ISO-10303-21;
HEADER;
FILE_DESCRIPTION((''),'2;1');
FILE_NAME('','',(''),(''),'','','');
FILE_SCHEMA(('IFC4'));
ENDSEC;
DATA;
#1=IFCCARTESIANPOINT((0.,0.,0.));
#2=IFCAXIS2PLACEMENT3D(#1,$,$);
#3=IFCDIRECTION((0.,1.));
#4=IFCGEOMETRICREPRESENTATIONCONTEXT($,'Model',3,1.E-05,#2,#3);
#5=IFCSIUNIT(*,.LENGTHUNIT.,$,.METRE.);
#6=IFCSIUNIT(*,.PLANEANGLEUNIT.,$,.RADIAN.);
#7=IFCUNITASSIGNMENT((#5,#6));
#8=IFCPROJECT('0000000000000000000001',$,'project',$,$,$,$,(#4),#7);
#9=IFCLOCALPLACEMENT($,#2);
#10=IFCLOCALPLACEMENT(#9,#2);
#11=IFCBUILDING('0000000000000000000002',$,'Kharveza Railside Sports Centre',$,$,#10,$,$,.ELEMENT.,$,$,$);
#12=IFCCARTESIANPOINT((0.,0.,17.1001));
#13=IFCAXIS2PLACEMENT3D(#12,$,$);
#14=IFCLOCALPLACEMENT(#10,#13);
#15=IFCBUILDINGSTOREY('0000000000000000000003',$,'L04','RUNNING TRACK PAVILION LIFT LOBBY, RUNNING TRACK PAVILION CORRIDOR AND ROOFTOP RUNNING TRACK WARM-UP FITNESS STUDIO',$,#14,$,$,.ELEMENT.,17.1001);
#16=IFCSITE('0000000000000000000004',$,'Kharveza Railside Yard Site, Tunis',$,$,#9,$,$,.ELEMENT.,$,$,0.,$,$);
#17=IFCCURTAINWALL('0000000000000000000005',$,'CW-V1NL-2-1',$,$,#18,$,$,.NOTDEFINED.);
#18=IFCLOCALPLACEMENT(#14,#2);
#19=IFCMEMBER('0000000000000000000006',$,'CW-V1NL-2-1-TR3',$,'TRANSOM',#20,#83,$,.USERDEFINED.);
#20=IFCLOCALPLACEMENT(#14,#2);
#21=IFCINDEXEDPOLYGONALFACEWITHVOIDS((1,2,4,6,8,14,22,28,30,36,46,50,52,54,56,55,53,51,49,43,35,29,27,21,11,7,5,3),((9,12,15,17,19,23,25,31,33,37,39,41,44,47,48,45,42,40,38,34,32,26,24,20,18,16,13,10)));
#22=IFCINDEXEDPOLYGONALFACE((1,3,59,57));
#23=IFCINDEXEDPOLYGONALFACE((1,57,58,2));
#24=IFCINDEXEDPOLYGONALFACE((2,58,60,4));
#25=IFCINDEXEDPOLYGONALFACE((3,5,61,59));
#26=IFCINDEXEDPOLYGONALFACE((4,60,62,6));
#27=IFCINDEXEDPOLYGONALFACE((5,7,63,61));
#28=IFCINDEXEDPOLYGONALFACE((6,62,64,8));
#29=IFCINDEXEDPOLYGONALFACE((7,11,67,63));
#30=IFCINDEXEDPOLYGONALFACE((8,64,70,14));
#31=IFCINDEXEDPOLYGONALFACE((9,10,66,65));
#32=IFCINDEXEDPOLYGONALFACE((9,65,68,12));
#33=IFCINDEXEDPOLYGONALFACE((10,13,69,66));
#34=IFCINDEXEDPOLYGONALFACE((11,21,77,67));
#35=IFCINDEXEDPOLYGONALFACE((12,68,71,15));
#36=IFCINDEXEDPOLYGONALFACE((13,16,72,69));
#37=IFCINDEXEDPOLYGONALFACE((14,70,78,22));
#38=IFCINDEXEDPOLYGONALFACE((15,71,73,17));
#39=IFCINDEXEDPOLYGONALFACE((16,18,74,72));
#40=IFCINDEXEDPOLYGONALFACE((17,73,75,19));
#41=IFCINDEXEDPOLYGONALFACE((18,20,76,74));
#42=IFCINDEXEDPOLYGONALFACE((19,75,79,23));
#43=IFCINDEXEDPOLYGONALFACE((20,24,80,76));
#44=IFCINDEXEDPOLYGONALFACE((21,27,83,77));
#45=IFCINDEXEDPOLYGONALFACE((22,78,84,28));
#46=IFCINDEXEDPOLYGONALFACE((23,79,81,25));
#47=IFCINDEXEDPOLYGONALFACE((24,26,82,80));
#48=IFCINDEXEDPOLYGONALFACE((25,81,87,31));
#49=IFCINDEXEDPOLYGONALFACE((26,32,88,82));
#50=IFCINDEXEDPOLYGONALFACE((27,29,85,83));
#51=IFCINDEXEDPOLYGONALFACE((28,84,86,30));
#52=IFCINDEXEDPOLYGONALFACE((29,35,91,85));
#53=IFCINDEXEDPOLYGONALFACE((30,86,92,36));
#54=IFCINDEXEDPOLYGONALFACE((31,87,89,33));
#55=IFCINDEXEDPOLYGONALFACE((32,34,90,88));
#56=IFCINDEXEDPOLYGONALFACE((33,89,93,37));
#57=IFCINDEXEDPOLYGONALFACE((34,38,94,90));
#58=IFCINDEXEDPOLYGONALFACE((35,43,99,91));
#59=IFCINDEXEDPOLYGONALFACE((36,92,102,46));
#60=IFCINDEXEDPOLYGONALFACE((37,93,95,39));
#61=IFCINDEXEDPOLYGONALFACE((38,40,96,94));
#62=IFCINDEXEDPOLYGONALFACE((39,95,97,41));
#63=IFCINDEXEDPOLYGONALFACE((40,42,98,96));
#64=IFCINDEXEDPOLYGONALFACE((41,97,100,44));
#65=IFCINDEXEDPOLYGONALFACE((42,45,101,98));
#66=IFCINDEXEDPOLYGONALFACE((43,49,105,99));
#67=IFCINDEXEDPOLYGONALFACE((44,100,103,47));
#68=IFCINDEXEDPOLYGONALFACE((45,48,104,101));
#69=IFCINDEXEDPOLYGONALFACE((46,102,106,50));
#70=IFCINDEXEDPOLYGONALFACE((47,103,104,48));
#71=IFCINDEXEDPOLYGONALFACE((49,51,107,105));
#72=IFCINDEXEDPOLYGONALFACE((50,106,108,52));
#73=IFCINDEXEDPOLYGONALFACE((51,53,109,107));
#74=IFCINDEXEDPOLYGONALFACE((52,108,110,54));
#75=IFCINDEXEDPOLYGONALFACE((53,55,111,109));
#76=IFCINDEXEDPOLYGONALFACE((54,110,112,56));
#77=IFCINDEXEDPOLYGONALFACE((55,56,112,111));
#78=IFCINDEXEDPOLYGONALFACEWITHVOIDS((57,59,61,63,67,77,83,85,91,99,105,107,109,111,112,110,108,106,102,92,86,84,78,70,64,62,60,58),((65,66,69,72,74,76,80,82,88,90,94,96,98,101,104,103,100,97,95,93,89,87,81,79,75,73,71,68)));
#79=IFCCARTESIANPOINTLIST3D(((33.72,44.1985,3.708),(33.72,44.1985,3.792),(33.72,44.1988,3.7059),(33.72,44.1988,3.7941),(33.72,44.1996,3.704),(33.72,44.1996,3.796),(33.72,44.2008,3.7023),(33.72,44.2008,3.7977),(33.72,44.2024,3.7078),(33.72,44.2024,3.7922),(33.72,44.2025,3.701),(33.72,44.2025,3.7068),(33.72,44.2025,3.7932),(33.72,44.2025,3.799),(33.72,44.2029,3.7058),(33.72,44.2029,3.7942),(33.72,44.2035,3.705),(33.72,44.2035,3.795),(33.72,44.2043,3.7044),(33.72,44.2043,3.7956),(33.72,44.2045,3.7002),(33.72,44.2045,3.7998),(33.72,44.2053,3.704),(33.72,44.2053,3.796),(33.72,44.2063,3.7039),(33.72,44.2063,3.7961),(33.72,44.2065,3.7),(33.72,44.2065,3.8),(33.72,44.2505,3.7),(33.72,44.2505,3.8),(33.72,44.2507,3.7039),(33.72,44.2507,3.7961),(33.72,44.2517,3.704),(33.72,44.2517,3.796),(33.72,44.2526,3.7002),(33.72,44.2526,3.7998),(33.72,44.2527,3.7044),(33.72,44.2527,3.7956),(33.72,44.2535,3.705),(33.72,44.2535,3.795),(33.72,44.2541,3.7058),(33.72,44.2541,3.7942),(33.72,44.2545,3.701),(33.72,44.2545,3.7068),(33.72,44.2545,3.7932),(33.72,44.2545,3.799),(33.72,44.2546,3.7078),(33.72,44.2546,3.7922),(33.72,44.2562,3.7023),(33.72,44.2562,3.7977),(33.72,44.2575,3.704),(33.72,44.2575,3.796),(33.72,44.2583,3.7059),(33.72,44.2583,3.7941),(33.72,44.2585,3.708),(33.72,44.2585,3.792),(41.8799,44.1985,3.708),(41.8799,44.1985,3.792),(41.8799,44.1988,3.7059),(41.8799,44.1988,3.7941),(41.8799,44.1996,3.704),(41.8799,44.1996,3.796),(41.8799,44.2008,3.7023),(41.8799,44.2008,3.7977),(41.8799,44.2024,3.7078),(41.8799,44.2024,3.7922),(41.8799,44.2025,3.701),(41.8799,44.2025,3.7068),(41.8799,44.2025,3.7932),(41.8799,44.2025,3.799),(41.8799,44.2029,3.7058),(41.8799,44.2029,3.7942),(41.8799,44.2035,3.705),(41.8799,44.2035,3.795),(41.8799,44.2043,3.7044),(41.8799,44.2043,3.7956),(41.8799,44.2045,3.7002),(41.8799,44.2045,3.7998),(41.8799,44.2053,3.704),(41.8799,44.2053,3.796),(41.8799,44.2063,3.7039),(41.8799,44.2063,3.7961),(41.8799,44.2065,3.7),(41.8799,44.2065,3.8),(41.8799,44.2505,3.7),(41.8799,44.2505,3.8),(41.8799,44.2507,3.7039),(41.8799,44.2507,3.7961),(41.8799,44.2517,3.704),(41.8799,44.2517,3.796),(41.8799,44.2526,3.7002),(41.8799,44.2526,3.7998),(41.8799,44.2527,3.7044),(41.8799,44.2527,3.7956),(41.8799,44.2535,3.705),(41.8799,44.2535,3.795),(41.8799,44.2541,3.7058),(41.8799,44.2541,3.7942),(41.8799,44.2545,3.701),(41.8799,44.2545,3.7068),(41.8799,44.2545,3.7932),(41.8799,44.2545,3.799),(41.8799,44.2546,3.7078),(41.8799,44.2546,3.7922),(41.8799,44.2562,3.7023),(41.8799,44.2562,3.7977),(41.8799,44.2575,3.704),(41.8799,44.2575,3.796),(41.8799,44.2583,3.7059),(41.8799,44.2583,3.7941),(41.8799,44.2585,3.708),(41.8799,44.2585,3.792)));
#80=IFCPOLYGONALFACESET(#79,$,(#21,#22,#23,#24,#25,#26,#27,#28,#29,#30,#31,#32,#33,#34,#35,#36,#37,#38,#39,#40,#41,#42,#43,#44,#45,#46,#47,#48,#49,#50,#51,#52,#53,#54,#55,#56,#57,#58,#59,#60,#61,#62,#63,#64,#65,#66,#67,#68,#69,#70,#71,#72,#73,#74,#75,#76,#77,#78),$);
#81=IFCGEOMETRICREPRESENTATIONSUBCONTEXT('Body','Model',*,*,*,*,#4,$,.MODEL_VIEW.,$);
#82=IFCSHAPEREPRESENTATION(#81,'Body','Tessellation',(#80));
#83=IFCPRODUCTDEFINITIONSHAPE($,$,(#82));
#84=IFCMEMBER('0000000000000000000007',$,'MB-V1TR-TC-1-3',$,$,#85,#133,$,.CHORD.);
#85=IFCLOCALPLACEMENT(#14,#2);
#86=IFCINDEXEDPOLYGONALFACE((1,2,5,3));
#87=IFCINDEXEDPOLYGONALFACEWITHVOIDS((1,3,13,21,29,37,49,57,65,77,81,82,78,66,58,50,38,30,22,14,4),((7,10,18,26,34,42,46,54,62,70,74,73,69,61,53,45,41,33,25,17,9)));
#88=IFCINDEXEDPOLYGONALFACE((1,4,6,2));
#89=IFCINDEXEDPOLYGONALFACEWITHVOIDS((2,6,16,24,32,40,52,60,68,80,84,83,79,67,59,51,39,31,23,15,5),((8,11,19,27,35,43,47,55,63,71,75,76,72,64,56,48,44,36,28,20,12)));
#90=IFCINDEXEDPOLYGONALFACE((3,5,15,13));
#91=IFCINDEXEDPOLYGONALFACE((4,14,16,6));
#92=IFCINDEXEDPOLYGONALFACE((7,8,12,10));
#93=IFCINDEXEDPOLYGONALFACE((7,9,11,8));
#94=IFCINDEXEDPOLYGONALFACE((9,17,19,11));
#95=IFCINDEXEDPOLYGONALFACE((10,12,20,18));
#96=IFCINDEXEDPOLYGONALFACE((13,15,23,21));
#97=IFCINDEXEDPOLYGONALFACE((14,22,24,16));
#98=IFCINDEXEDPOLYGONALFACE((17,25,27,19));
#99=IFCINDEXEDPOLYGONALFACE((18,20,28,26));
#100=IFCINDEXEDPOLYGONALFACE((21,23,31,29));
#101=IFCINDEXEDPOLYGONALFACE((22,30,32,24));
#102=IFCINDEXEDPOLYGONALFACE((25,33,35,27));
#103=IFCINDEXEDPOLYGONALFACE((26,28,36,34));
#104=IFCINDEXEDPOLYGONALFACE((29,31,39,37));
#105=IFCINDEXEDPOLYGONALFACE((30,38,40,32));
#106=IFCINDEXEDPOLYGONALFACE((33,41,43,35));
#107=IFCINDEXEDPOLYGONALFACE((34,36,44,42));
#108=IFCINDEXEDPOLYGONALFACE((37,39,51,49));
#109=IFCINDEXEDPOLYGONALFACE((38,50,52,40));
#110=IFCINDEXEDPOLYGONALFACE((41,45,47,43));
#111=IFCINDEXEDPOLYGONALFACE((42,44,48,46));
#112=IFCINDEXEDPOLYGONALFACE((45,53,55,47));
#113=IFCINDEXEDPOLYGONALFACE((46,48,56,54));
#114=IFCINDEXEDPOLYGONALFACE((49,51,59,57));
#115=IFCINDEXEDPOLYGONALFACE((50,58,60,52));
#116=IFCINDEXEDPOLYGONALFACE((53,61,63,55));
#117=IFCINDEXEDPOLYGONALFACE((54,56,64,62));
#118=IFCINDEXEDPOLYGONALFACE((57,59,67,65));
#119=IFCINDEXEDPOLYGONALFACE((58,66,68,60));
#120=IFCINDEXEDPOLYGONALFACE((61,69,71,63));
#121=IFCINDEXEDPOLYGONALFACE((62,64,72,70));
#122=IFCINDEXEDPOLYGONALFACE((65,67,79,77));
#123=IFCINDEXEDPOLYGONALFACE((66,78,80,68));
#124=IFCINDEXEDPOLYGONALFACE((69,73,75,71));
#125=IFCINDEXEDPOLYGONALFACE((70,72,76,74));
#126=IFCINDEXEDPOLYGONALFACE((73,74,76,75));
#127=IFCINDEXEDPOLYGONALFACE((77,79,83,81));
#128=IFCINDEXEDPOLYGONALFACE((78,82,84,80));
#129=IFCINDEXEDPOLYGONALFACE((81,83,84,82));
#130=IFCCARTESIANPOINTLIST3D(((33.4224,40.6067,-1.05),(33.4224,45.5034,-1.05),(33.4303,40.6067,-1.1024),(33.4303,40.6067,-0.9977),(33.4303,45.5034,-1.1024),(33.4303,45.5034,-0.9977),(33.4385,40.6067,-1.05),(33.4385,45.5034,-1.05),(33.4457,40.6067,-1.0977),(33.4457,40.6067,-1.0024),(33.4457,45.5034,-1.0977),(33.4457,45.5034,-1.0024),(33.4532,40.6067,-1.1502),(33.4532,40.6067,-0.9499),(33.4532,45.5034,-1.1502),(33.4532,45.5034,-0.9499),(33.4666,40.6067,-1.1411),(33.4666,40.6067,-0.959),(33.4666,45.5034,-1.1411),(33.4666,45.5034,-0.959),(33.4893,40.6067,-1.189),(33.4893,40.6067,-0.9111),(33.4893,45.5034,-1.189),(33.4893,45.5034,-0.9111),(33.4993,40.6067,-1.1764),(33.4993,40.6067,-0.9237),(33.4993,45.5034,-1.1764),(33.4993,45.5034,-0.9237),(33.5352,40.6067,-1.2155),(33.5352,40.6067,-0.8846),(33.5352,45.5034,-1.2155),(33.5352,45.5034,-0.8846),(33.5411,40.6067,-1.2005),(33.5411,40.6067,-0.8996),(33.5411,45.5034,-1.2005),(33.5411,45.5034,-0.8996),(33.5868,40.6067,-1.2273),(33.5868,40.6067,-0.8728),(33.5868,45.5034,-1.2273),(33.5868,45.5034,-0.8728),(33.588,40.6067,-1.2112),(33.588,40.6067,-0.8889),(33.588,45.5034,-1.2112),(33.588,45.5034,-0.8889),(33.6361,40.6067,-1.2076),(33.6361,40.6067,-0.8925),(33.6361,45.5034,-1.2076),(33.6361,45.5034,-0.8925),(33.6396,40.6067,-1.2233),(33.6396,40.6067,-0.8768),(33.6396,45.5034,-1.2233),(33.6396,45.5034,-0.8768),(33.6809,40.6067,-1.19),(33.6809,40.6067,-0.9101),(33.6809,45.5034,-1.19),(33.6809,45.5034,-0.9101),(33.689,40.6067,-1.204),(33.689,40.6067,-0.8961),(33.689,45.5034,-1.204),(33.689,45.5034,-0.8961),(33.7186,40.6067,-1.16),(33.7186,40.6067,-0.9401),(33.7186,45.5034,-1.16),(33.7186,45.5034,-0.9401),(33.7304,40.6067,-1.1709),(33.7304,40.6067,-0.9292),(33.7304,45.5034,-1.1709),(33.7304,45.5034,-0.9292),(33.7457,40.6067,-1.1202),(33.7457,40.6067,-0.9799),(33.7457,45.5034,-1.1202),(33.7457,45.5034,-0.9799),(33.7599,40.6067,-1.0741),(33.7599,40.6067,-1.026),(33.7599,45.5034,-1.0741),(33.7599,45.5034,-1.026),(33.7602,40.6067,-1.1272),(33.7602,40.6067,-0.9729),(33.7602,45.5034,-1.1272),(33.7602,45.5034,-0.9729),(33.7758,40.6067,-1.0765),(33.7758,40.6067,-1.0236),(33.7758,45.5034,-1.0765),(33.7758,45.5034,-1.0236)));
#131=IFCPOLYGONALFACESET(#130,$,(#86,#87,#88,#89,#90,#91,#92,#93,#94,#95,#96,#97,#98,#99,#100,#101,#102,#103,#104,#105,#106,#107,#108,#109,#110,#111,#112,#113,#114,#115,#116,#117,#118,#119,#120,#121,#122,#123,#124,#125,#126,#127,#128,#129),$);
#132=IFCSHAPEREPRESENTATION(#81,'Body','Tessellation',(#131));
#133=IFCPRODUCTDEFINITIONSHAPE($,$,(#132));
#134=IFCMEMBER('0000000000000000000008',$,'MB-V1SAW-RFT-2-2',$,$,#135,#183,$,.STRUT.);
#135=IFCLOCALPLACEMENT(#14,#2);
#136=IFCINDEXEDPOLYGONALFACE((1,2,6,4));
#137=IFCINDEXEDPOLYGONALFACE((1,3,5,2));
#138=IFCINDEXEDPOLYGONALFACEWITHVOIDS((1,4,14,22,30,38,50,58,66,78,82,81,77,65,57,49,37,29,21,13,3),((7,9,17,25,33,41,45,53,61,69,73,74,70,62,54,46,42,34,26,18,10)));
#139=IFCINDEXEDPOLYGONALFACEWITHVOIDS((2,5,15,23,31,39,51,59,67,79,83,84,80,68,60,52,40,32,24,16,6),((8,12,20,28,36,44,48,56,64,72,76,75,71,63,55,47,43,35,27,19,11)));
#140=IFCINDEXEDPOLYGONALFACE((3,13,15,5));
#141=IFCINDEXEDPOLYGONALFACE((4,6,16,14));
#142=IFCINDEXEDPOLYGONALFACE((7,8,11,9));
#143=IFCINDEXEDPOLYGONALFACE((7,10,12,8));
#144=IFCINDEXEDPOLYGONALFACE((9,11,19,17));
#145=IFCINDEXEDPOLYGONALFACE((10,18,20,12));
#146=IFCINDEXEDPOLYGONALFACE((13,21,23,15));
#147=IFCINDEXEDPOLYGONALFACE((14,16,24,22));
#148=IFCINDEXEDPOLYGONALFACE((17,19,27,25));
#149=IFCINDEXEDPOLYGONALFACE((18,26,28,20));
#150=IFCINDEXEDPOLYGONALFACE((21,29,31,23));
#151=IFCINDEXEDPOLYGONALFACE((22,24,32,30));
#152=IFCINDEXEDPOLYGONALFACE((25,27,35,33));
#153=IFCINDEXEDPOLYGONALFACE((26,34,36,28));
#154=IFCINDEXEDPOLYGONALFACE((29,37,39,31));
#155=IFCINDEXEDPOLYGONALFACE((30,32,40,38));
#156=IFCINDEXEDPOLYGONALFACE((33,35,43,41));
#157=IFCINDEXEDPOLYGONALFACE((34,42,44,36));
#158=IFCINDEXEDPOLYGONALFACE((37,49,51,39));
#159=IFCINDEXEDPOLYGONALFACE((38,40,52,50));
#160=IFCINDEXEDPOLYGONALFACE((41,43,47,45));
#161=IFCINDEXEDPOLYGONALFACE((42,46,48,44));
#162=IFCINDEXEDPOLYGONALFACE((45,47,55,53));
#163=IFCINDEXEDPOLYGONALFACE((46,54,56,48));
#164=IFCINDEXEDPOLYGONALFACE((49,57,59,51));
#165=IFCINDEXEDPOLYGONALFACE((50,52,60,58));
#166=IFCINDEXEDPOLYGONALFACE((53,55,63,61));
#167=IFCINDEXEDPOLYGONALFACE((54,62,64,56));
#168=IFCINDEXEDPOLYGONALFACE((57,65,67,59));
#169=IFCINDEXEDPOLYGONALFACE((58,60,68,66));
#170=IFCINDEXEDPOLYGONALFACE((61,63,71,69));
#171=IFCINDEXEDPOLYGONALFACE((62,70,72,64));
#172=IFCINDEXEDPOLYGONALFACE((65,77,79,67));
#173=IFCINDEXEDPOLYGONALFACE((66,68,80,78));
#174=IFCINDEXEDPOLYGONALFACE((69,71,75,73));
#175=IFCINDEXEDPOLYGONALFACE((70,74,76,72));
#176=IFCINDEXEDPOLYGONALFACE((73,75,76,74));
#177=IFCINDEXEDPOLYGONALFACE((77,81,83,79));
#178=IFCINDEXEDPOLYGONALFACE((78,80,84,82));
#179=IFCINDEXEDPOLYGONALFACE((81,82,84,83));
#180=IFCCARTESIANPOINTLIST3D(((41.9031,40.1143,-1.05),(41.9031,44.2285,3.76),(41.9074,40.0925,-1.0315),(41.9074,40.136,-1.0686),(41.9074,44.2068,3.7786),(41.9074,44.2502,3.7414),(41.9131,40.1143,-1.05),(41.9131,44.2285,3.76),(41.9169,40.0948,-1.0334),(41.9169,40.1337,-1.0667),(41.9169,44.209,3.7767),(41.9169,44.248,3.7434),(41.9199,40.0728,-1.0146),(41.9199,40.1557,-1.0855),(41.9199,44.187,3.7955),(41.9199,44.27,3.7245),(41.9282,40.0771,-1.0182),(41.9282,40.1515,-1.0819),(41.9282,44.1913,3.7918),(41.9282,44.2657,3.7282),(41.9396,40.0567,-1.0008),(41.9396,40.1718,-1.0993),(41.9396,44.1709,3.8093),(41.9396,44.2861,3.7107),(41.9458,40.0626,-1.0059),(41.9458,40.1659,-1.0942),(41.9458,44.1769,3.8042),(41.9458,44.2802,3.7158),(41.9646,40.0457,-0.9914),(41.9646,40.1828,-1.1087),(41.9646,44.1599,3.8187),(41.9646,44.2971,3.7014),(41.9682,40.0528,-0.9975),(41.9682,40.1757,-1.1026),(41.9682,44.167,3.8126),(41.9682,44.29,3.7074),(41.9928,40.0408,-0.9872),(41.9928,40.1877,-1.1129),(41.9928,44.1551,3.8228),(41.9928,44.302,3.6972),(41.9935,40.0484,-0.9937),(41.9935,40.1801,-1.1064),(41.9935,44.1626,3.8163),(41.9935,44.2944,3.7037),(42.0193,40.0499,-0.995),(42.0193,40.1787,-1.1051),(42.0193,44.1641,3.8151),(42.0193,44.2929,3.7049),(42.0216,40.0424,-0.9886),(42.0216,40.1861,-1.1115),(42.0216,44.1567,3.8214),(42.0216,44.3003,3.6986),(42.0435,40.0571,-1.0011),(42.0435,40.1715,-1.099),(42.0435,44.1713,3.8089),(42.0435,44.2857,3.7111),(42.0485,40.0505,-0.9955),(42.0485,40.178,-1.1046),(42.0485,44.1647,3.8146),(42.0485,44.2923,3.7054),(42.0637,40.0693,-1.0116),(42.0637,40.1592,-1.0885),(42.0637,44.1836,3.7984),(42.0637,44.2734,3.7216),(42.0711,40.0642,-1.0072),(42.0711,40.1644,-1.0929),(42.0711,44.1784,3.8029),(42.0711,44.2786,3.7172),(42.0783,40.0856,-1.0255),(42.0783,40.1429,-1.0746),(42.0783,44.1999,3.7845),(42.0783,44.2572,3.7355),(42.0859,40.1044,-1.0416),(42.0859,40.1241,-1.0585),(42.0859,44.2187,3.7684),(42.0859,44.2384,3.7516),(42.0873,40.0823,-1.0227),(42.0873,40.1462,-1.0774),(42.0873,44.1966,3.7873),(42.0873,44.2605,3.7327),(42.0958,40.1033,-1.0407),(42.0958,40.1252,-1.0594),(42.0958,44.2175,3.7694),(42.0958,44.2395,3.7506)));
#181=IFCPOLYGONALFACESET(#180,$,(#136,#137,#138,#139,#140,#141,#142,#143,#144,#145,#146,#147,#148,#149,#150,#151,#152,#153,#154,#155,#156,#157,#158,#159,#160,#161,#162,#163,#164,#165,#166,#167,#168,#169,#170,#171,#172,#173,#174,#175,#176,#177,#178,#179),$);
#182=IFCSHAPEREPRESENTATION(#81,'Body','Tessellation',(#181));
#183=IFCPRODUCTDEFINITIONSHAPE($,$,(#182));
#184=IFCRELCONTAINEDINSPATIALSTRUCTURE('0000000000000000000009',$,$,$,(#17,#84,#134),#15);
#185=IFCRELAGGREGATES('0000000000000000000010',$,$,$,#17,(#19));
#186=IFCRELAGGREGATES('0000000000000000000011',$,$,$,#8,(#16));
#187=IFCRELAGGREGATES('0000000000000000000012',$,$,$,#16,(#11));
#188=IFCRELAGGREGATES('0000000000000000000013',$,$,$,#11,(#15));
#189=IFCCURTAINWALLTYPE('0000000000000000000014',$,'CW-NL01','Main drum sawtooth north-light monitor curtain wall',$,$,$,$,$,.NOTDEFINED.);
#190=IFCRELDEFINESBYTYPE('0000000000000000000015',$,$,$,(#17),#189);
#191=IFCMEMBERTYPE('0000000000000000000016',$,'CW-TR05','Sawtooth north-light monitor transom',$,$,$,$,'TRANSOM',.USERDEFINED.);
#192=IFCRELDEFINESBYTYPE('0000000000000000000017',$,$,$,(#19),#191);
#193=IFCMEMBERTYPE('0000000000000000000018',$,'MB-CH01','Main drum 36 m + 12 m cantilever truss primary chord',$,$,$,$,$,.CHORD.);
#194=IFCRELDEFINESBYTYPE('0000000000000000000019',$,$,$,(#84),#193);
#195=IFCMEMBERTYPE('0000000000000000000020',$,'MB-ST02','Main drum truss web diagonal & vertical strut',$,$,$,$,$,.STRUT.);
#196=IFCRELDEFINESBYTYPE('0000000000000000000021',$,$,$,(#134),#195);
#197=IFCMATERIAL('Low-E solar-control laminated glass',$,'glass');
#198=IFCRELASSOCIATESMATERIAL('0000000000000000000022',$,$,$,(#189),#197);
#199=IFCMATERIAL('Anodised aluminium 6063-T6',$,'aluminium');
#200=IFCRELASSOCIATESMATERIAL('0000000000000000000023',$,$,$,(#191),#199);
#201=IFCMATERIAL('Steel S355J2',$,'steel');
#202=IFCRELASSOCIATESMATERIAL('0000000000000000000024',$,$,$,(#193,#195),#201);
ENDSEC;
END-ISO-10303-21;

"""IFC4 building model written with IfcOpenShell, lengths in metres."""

from ifc_helpers import new_model, si_unit, direction, frame, origin, origin_2d, place, context, subcontext, project, spatial, hollow_rectangle, hollow_circle, extrude, material, material_profile, profile_set, type_object, element, aggregate, save


model = new_model("IFC4")

# Units and contexts
model_context = context("Model", 3, precision=1e-05, world=origin(), true_north=direction((0.0, 1.0)))
body_context = subcontext(model_context, "Body", "Model", "MODEL_VIEW")
ifc_project = project(units=[si_unit("LENGTHUNIT", "METRE"), si_unit("PLANEANGLEUNIT", "RADIAN")], contexts=[model_context])

# Site, building, storey
site_placement = place(None, origin())
site = spatial("IfcSite", under=ifc_project, at=site_placement, Name="Kharveza Railside Yard Site, Tunis", CompositionType="ELEMENT", RefElevation=0.0)
building_placement = place(site_placement, origin())
building = spatial("IfcBuilding", under=site, at=building_placement, Name="Kharveza Railside Sports Centre", CompositionType="ELEMENT")
storey_placement = place(building_placement, frame((0.0, 0.0, 17.1001)))
storey = spatial("IfcBuildingStorey", under=building, at=storey_placement, Name="L04", Description="RUNNING TRACK PAVILION LIFT LOBBY, RUNNING TRACK PAVILION CORRIDOR AND ROOFTOP RUNNING TRACK WARM-UP FITNESS STUDIO", CompositionType="ELEMENT", Elevation=17.1001)

# Shared definitions
ifc_material_1 = material(Name="Steel S355J2", Category="steel")

# Shared definitions
ifc_material_2 = material(Name="Low-E solar-control laminated glass", Category="glass")
curtain_wall_type = type_object("IfcCurtainWallType", Name="CW-NL01", Description="Main drum sawtooth north-light monitor curtain wall", PredefinedType="NOTDEFINED", material=ifc_material_2)
ifc_material_3 = material(Name="Anodised aluminium 6063-T6", Category="aluminium")

# Curtain wall
curtain_wall_1_placement = place(storey_placement, origin())
curtain_wall_1 = element("IfcCurtainWall", 1, at=curtain_wall_1_placement, inside=storey, type_object=curtain_wall_type, Name="CW-V1NL-2-1", PredefinedType="NOTDEFINED")

# Member
ifc_material_profile_1 = material_profile(ifc_material_3, hollow_rectangle(XDim=0.0601, YDim=0.1001, WallThickness=0.0039, InnerFilletRadius=0.0039, OuterFilletRadius=0.0081, at=origin_2d()), Name="RHS 60x100x4.0")
ifc_profile_set_1 = profile_set([ifc_material_profile_1], Name="Anodised aluminium 6063-T6")
member_type_1 = type_object("IfcMemberType", Name="CW-TR05", Description="Sawtooth north-light monitor transom", ElementType="TRANSOM", PredefinedType="USERDEFINED", material=ifc_profile_set_1)
member_1_placement = place(storey_placement, frame((33.72, 44.2285, 3.75), z_axis=(1.0, 0.0, 0.0), x_axis=(0.0, 1.0, 0.0)))
member_1 = element("IfcMember", 2, at=member_1_placement, type_object=member_type_1, Name="CW-V1NL-2-1-TR3", ObjectType="TRANSOM", PredefinedType="USERDEFINED", context=body_context, shape_type="SweptSolid", body=[
    extrude(hollow_rectangle(XDim=0.0601, YDim=0.1001, WallThickness=0.0039, InnerFilletRadius=0.0039, OuterFilletRadius=0.0081, at=origin_2d()), origin(), (0.0, 0.0, 1.0), 8.1599),
])

# Members
ifc_material_profile_2 = material_profile(ifc_material_1, hollow_circle(Radius=0.1777, WallThickness=0.0161, at=origin_2d()), Name="CHS 355.6x16.0")
ifc_profile_set_2 = profile_set([ifc_material_profile_2], Name="Steel S355J2")
member_type_2 = type_object("IfcMemberType", Name="MB-CH01", Description="Main drum 36 m + 12 m cantilever truss primary chord", PredefinedType="CHORD", material=ifc_profile_set_2)
member_2_placement = place(storey_placement, frame((33.6001, 40.6067, -1.05), z_axis=(0.0, 1.0, 0.0), x_axis=(-1.0, 0.0, 0.0)))
element("IfcMember", 3, at=member_2_placement, inside=storey, type_object=member_type_2, Name="MB-V1TR-TC-1-3", PredefinedType="CHORD", context=body_context, shape_type="SweptSolid", body=[
    extrude(hollow_circle(Radius=0.1777, WallThickness=0.0161, at=origin_2d()), origin(), (0.0, 0.0, 1.0), 4.8967),
])
ifc_material_profile_3 = material_profile(ifc_material_1, hollow_circle(Radius=0.0969, WallThickness=0.01, at=origin_2d()), Name="CHS 193.7x10.0")
ifc_profile_set_3 = profile_set([ifc_material_profile_3], Name="Steel S355J2")
member_type_3 = type_object("IfcMemberType", Name="MB-ST02", Description="Main drum truss web diagonal & vertical strut", PredefinedType="STRUT", material=ifc_profile_set_3)
member_3_placement = place(storey_placement, frame((42.0, 40.1143, -1.05), z_axis=(0.0, 0.650003, 0.759931), x_axis=(-1.0, 0.0, 0.0)))
element("IfcMember", 4, at=member_3_placement, inside=storey, type_object=member_type_3, Name="MB-V1SAW-RFT-2-2", PredefinedType="STRUT", context=body_context, shape_type="SweptSolid", body=[
    extrude(hollow_circle(Radius=0.0969, WallThickness=0.01, at=origin_2d()), origin(), (0.0, 0.0, 1.0), 6.3296),
])

aggregate(curtain_wall_1, [member_1])

save(model, "model.ifc")
